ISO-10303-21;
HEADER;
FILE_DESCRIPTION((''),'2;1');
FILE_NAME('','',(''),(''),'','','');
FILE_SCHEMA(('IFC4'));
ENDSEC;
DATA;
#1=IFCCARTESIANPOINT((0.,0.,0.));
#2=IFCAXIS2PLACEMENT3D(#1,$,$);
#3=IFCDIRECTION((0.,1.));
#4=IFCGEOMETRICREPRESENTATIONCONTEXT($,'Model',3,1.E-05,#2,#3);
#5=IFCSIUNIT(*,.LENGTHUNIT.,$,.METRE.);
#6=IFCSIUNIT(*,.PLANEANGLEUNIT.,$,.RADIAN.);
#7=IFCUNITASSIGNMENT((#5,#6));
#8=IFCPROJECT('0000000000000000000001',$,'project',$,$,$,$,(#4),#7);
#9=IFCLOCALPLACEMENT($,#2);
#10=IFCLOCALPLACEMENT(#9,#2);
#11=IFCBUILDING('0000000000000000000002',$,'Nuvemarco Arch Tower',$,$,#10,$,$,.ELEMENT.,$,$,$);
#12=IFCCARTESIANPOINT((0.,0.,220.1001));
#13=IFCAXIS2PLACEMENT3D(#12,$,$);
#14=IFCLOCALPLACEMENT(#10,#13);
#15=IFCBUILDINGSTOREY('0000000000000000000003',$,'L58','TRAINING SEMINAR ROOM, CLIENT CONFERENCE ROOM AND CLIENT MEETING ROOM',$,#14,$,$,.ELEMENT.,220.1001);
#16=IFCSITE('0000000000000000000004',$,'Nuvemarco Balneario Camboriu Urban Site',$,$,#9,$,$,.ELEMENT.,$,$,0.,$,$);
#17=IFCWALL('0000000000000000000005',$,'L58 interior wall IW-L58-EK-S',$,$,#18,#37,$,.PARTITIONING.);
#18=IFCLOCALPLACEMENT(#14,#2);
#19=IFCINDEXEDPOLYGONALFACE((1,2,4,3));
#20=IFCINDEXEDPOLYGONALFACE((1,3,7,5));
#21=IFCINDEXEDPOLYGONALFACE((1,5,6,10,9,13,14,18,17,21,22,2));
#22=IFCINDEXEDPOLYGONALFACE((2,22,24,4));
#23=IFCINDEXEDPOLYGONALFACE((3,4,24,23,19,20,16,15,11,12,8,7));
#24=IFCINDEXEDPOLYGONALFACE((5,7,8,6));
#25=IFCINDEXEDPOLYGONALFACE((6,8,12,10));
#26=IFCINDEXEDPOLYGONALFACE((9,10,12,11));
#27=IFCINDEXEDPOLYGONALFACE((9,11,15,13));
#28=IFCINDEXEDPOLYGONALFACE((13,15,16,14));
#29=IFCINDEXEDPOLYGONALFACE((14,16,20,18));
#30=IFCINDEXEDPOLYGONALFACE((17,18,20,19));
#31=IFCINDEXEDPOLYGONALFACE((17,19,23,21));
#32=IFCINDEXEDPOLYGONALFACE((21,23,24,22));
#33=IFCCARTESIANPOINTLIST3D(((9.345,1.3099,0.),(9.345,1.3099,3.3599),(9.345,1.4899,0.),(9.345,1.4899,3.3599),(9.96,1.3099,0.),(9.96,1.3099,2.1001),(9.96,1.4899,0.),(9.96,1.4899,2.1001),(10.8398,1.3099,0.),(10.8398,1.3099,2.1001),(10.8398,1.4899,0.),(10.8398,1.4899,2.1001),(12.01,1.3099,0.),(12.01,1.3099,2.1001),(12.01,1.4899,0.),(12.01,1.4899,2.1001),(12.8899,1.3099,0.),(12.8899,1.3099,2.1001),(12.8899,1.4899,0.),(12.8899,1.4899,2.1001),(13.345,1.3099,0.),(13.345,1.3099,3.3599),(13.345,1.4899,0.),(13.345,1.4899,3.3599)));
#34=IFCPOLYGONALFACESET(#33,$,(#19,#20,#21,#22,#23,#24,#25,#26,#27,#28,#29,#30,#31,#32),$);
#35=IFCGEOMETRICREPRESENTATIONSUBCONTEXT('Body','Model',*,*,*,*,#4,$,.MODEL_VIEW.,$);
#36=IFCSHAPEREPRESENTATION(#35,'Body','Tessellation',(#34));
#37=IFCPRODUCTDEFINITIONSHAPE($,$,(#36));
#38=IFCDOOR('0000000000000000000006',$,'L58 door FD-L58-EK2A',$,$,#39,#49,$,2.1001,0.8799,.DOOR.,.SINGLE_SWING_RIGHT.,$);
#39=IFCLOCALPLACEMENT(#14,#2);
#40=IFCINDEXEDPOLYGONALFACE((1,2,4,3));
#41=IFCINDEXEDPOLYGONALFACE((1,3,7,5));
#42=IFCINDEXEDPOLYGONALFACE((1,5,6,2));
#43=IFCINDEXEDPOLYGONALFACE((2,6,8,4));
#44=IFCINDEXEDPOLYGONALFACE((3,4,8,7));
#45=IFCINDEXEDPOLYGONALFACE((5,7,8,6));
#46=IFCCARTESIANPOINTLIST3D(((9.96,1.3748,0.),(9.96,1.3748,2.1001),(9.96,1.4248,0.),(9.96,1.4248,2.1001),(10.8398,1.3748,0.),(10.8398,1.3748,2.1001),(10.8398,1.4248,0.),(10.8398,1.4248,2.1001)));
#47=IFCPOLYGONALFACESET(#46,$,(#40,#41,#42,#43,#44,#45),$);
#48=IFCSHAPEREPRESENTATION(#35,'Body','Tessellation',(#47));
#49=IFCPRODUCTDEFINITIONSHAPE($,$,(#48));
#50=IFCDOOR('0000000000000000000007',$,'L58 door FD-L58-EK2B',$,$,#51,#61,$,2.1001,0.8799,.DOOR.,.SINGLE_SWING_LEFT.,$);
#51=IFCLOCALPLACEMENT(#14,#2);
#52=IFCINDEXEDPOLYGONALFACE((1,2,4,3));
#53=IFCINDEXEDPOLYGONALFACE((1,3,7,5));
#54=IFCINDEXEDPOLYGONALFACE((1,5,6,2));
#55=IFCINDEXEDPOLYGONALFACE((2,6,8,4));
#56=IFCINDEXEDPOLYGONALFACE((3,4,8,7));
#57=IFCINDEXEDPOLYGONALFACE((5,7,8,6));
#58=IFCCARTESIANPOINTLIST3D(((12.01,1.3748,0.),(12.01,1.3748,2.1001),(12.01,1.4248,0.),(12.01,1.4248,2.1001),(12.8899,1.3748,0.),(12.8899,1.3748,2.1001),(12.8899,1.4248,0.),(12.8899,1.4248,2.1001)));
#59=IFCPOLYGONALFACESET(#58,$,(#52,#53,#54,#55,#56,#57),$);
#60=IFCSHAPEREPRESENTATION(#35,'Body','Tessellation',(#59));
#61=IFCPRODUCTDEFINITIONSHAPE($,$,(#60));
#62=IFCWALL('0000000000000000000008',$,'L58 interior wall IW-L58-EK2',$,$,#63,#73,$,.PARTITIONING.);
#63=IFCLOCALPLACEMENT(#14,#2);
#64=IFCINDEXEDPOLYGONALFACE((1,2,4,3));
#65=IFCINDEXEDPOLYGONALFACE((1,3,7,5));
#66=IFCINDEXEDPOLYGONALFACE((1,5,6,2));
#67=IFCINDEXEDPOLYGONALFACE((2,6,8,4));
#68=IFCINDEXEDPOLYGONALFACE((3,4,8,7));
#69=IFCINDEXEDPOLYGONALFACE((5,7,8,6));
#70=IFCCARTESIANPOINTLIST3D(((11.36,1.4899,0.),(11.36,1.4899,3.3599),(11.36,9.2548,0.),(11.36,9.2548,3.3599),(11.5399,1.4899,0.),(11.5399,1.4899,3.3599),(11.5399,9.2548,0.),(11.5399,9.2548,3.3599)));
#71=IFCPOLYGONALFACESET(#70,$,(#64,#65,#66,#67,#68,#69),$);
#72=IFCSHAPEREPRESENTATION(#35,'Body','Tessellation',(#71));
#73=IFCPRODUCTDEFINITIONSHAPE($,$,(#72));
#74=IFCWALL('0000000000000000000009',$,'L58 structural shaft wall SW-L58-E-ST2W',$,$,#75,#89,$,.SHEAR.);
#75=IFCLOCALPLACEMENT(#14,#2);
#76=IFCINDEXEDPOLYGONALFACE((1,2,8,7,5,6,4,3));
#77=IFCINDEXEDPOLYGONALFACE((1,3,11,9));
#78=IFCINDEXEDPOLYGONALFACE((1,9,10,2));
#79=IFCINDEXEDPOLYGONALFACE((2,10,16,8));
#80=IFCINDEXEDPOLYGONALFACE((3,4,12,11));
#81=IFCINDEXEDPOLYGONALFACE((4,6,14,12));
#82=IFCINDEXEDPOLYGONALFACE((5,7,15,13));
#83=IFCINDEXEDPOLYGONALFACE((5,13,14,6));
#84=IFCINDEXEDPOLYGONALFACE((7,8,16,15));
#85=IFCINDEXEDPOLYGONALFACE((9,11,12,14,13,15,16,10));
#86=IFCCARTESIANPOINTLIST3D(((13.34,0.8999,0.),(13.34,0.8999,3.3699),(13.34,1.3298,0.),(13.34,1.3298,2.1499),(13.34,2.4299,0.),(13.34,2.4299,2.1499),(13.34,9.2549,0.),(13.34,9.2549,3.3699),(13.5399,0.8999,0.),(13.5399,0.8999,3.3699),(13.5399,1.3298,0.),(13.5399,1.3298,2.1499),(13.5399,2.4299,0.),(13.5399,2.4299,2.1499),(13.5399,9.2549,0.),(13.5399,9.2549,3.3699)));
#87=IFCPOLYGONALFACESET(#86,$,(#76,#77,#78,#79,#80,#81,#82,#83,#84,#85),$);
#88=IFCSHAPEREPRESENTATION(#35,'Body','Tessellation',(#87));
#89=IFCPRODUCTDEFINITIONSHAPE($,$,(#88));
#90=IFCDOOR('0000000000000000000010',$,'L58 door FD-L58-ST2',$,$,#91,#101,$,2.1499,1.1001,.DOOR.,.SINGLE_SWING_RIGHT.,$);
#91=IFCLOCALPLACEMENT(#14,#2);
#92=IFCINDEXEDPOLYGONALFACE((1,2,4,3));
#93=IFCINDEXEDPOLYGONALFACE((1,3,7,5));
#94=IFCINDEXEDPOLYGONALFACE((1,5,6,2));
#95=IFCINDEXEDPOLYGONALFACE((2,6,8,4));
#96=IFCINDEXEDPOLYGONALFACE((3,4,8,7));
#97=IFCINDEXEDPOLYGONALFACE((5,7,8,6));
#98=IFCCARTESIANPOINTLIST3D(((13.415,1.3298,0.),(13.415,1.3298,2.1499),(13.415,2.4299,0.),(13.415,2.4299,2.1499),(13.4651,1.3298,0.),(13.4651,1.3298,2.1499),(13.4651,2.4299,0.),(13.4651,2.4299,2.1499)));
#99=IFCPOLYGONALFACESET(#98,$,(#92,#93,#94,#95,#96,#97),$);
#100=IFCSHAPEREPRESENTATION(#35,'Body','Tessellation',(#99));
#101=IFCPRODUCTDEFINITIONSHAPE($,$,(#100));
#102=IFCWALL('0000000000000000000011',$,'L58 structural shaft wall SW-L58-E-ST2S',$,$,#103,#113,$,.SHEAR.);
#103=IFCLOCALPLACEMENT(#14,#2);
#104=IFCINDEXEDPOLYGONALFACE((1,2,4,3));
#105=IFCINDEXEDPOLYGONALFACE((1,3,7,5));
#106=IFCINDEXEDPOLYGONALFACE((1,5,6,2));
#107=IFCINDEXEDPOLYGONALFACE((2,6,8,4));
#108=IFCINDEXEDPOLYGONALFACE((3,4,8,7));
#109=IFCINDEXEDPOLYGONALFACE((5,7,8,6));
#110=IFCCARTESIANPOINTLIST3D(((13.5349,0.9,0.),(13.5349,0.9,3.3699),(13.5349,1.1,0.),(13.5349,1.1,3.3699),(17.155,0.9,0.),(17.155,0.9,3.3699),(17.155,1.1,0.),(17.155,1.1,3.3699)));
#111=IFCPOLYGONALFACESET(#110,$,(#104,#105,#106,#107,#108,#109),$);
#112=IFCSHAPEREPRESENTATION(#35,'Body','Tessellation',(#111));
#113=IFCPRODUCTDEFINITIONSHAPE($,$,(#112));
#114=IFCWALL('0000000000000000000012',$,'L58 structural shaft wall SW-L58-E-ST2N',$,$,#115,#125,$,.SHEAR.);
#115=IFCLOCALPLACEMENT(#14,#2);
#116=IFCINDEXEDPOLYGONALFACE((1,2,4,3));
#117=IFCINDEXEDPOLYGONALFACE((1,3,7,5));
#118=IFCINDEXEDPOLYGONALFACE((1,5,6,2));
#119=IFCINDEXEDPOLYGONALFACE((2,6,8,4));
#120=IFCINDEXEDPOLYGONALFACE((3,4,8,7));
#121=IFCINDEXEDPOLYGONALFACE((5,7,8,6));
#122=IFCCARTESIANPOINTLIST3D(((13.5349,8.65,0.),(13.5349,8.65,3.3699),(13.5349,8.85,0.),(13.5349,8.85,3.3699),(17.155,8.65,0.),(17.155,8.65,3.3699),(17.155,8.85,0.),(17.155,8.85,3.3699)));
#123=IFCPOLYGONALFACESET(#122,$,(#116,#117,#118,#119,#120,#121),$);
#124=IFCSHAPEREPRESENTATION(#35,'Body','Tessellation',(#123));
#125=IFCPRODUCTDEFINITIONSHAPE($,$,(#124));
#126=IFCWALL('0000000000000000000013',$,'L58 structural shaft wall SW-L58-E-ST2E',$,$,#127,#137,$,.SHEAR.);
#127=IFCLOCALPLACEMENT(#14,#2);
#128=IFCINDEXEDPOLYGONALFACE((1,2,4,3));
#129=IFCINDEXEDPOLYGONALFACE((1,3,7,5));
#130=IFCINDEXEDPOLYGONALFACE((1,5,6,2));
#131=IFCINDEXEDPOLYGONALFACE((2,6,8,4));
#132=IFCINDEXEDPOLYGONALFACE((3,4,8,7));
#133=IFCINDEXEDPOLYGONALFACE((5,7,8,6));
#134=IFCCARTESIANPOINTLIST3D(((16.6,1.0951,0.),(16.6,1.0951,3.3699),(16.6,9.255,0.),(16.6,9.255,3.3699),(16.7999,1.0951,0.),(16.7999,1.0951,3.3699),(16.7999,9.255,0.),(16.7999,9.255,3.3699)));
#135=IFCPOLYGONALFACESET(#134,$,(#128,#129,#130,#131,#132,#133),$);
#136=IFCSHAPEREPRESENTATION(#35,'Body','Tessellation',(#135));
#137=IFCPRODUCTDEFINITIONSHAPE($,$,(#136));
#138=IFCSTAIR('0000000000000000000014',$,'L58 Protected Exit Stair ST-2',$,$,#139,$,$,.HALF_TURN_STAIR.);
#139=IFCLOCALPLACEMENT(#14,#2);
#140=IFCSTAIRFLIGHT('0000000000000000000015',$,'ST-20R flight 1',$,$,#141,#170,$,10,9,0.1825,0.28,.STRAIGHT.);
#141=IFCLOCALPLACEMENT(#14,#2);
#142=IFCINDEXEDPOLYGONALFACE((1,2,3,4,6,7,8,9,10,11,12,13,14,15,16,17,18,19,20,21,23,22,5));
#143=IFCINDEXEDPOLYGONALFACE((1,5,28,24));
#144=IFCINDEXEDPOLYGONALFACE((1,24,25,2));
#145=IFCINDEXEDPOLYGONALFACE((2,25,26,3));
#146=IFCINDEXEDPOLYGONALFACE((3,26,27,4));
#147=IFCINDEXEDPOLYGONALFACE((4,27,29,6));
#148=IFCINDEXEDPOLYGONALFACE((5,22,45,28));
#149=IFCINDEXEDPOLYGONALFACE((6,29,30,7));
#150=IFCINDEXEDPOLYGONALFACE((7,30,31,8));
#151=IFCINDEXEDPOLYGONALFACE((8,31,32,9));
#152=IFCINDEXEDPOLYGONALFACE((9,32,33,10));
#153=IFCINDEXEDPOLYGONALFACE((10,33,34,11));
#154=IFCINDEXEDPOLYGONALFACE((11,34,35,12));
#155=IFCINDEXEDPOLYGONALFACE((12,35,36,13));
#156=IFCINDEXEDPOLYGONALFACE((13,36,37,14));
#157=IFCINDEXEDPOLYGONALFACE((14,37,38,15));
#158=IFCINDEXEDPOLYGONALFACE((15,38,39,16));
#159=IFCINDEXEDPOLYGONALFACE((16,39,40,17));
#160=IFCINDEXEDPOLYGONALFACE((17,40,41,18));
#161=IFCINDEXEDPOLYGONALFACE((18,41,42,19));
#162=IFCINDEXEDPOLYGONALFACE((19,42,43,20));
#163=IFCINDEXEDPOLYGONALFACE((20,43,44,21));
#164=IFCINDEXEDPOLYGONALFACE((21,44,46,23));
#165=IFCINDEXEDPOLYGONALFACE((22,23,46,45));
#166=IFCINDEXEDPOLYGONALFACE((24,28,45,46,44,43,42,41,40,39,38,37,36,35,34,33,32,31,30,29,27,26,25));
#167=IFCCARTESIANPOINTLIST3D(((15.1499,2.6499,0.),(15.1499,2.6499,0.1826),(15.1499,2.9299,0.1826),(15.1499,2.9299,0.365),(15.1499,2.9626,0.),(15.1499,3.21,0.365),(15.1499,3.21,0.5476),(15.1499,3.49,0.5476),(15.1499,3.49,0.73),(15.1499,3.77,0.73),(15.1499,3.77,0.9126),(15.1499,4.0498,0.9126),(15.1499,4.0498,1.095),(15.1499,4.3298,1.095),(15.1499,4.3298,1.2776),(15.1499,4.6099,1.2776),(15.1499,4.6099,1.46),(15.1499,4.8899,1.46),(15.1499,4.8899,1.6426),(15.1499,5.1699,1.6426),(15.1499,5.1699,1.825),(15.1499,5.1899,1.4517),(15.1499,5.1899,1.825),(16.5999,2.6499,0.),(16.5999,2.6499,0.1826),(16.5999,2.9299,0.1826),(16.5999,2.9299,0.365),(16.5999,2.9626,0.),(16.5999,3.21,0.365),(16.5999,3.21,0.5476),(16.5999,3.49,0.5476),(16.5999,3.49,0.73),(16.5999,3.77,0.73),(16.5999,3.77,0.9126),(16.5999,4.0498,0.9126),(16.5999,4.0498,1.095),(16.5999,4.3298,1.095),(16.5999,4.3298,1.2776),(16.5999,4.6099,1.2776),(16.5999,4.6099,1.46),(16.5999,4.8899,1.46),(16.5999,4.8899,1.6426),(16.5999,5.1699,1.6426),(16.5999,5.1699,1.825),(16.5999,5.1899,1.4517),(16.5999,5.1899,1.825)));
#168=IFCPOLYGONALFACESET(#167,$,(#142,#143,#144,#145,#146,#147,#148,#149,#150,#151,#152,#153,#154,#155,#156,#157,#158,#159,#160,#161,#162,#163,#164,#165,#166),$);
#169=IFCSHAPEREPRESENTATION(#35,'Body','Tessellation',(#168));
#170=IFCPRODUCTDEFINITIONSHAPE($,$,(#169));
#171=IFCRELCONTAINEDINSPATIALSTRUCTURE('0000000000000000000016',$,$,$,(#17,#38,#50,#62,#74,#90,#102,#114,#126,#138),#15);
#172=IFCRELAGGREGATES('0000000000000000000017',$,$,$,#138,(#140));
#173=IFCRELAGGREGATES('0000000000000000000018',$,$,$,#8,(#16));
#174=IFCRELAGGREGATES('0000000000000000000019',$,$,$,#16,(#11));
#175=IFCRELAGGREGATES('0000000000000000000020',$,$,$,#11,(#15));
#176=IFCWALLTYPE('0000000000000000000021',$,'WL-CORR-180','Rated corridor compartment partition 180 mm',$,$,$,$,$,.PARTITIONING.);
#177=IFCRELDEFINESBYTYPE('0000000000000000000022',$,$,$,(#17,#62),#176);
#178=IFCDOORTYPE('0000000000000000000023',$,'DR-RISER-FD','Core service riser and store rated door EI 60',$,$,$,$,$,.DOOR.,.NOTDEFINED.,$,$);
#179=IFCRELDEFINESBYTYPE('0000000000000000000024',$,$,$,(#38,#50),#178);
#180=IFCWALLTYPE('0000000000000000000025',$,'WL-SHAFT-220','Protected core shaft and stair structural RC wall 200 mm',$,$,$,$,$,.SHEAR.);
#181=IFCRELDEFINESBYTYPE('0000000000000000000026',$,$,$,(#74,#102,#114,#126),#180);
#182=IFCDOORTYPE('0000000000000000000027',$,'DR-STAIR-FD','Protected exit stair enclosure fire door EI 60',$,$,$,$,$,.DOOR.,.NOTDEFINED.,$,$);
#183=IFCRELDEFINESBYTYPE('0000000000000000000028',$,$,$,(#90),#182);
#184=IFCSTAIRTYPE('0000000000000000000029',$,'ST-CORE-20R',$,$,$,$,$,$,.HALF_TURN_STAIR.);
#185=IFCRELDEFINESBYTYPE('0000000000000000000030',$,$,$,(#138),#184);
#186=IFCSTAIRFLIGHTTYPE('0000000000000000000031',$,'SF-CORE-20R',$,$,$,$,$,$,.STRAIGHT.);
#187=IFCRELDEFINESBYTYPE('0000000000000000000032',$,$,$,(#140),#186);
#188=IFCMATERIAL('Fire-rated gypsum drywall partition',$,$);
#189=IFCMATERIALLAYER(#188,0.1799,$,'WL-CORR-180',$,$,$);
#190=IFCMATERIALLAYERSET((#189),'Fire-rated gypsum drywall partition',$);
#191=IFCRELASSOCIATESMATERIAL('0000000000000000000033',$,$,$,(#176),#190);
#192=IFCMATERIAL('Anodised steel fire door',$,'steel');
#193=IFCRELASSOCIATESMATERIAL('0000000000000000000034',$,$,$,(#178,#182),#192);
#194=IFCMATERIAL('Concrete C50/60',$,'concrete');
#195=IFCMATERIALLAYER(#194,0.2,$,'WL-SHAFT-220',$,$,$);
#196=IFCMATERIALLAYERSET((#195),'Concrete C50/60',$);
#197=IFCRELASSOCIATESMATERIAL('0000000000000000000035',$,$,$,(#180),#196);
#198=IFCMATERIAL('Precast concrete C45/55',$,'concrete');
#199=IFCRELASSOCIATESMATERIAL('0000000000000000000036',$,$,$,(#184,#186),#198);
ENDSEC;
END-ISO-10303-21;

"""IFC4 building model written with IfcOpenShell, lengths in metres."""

from ifc_helpers import new_model, si_unit, direction, frame, frame_2d, origin, place, context, subcontext, project, spatial, polyline, rectangle, outline, extrude, source, transform, mapped, material, layer, layer_set, type_object, type_shapes, element, fill, aggregate, save


model = new_model("IFC4")

# Units and contexts
model_context = context("Model", 3, precision=1e-05, world=origin(), true_north=direction((0.0, 1.0)))
body_context = subcontext(model_context, "Body", "Model", "MODEL_VIEW")
ifc_project = project(units=[si_unit("LENGTHUNIT", "METRE"), si_unit("PLANEANGLEUNIT", "RADIAN")], contexts=[model_context])

# Site, building, storey
site_placement = place(None, origin())
site = spatial("IfcSite", under=ifc_project, at=site_placement, Name="Nuvemarco Balneario Camboriu Urban Site", CompositionType="ELEMENT", RefElevation=0.0)
building_placement = place(site_placement, origin())
building = spatial("IfcBuilding", under=site, at=building_placement, Name="Nuvemarco Arch Tower", CompositionType="ELEMENT")
storey_placement = place(building_placement, frame((0.0, 0.0, 220.1001)))
storey = spatial("IfcBuildingStorey", under=building, at=storey_placement, Name="L58", Description="TRAINING SEMINAR ROOM, CLIENT CONFERENCE ROOM AND CLIENT MEETING ROOM", CompositionType="ELEMENT", Elevation=220.1001)

# Shared definitions
ifc_material_1 = material(Name="Concrete C50/60", Category="concrete")

# Shared definitions
ifc_material_2 = material(Name="Precast concrete C45/55", Category="concrete")

# Wall, openings, doors
ifc_material_3 = material(Name="Fire-rated gypsum drywall partition")
ifc_layer_1 = layer(ifc_material_3, 0.1799, Name="WL-CORR-180")
ifc_layer_set_1 = layer_set([ifc_layer_1], Name="Fire-rated gypsum drywall partition")
wall_type_1 = type_object("IfcWallType", Name="WL-CORR-180", Description="Rated corridor compartment partition 180 mm", PredefinedType="PARTITIONING", material=ifc_layer_set_1)
wall_1_placement = place(storey_placement, frame((9.345, 1.3999, 0.0), z_axis=(0.0, 0.0, 1.0), x_axis=(1.0, 0.0, 0.0)))
wall_1 = element("IfcWall", 1, at=wall_1_placement, inside=storey, type_object=wall_type_1, Name="L58 interior wall IW-L58-EK-S", PredefinedType="PARTITIONING", context=body_context, shape_type="SweptSolid", body=[
    extrude(rectangle(XDim=4.0, YDim=0.1799, at=frame_2d((2.0, 0.0))), origin(), (0.0, 0.0, 1.0), 3.3599),
])
opening_1_placement = place(wall_1_placement, frame((0.615, 0.0, 0.0)))
opening_1 = element("IfcOpeningElement", 2, at=opening_1_placement, cuts=wall_1, PredefinedType="OPENING", context=body_context, shape_type="SweptSolid", body=[
    extrude(rectangle(XDim=0.8799, YDim=2.1001, at=frame_2d((0.4399, 1.05))), frame((0.0, 0.0999, 0.0), z_axis=(0.0, -1.0, 0.0), x_axis=(1.0, 0.0, 0.0)), (0.0, 0.0, 1.0), 0.2),
])
opening_2_placement = place(wall_1_placement, frame((2.665, 0.0, 0.0)))
opening_2 = element("IfcOpeningElement", 3, at=opening_2_placement, cuts=wall_1, PredefinedType="OPENING", context=body_context, shape_type="SweptSolid", body=[
    extrude(rectangle(XDim=0.8799, YDim=2.1001, at=frame_2d((0.4399, 1.05))), frame((0.0, 0.0999, 0.0), z_axis=(0.0, -1.0, 0.0), x_axis=(1.0, 0.0, 0.0)), (0.0, 0.0, 1.0), 0.2),
])
ifc_material_4 = material(Name="Anodised steel fire door", Category="steel")
door_type_1 = type_object("IfcDoorType", Name="DR-RISER-FD", Description="Core service riser and store rated door EI 60", OperationType="NOTDEFINED", PredefinedType="DOOR", material=ifc_material_4)
shared_shape_1 = source(origin(), body_context, "Body", "SweptSolid", [
    extrude(rectangle(XDim=0.8799, YDim=2.1001, at=frame_2d((0.4399, 1.05))), frame((0.0, 0.0249, 0.0), z_axis=(0.0, -1.0, 0.0), x_axis=(1.0, 0.0, 0.0)), (0.0, 0.0, 1.0), 0.05),
])
type_shapes(door_type_1, [shared_shape_1])
door_1_placement = place(opening_1_placement, origin())
door_1 = element("IfcDoor", 4, at=door_1_placement, inside=storey, type_object=door_type_1, Name="L58 door FD-L58-EK2A", OperationType="SINGLE_SWING_RIGHT", OverallHeight=2.1001, OverallWidth=0.8799, PredefinedType="DOOR", context=body_context, shape_type="MappedRepresentation", body=[
    mapped(shared_shape_1, transform((0.0, 0.0, 0.0), scale=1.0)),
])
fill(opening_1, door_1)
door_2_placement = place(opening_2_placement, origin())
door_2 = element("IfcDoor", 5, at=door_2_placement, inside=storey, type_object=door_type_1, Name="L58 door FD-L58-EK2B", OperationType="SINGLE_SWING_LEFT", OverallHeight=2.1001, OverallWidth=0.8799, PredefinedType="DOOR", context=body_context, shape_type="MappedRepresentation", body=[
    mapped(shared_shape_1, transform((0.0, 0.0, 0.0), scale=1.0)),
])
fill(opening_2, door_2)

# Wall
wall_2_placement = place(storey_placement, frame((11.45, 1.49, 0.0), z_axis=(0.0, 0.0, 1.0), x_axis=(0.0, 1.0, 0.0)))
element("IfcWall", 6, at=wall_2_placement, inside=storey, type_object=wall_type_1, Name="L58 interior wall IW-L58-EK2", PredefinedType="PARTITIONING", context=body_context, shape_type="SweptSolid", body=[
    extrude(rectangle(XDim=7.7649, YDim=0.1799, at=frame_2d((3.8823, 0.0))), origin(), (0.0, 0.0, 1.0), 3.3599),
])

# Wall, opening, door
ifc_layer_2 = layer(ifc_material_1, 0.2, Name="WL-SHAFT-220")
ifc_layer_set_2 = layer_set([ifc_layer_2], Name="Concrete C50/60")
wall_type_2 = type_object("IfcWallType", Name="WL-SHAFT-220", Description="Protected core shaft and stair structural RC wall 200 mm", PredefinedType="SHEAR", material=ifc_layer_set_2)
wall_3_placement = place(storey_placement, frame((13.4399, 0.8999, 0.0), z_axis=(0.0, 0.0, 1.0), x_axis=(0.0, 1.0, 0.0)))
wall_3 = element("IfcWall", 7, at=wall_3_placement, inside=storey, type_object=wall_type_2, Name="L58 structural shaft wall SW-L58-E-ST2W", PredefinedType="SHEAR", context=body_context, shape_type="SweptSolid", body=[
    extrude(rectangle(XDim=8.355, YDim=0.2, at=frame_2d((4.1775, 0.0))), origin(), (0.0, 0.0, 1.0), 3.3699),
])
opening_3_placement = place(wall_3_placement, frame((0.4299, 0.0, 0.0)))
opening_3 = element("IfcOpeningElement", 8, at=opening_3_placement, cuts=wall_3, PredefinedType="OPENING", context=body_context, shape_type="SweptSolid", body=[
    extrude(rectangle(XDim=1.1001, YDim=2.1499, at=frame_2d((0.55, 1.075))), frame((0.0, 0.1099, 0.0), z_axis=(0.0, -1.0, 0.0), x_axis=(1.0, 0.0, 0.0)), (0.0, 0.0, 1.0), 0.22),
])
door_type_2 = type_object("IfcDoorType", Name="DR-STAIR-FD", Description="Protected exit stair enclosure fire door EI 60", OperationType="NOTDEFINED", PredefinedType="DOOR", material=ifc_material_4)
shared_shape_2 = source(origin(), body_context, "Body", "SweptSolid", [
    extrude(rectangle(XDim=1.1001, YDim=2.1499, at=frame_2d((0.55, 1.075))), frame((0.0, 0.0249, 0.0), z_axis=(0.0, -1.0, 0.0), x_axis=(1.0, 0.0, 0.0)), (0.0, 0.0, 1.0), 0.05),
])
type_shapes(door_type_2, [shared_shape_2])
door_3_placement = place(opening_3_placement, origin())
door_3 = element("IfcDoor", 9, at=door_3_placement, inside=storey, type_object=door_type_2, Name="L58 door FD-L58-ST2", OperationType="SINGLE_SWING_RIGHT", OverallHeight=2.1499, OverallWidth=1.1001, PredefinedType="DOOR", context=body_context, shape_type="MappedRepresentation", body=[
    mapped(shared_shape_2, transform((0.0, 0.0, 0.0), scale=1.0)),
])
fill(opening_3, door_3)

# Walls
for number, where, z_axis, x_axis, name in (
    (10, (13.5349, 1.0, 0.0), (0.0, 0.0, 1.0), (1.0, 0.0, 0.0), "L58 structural shaft wall SW-L58-E-ST2S"),
    (11, (13.5349, 8.75, 0.0), (0.0, 0.0, 1.0), (1.0, 0.0, 0.0), "L58 structural shaft wall SW-L58-E-ST2N"),
):
    element("IfcWall", number, at=place(storey_placement, frame(where, z_axis=z_axis, x_axis=x_axis)), inside=storey, type_object=wall_type_2, Name=name, PredefinedType="SHEAR", context=body_context, shape_type="SweptSolid", body=[
        extrude(rectangle(XDim=3.6201, YDim=0.2, at=frame_2d((1.8101, 0.0))), origin(), (0.0, 0.0, 1.0), 3.3699),
    ])
wall_4_placement = place(storey_placement, frame((16.7, 1.095, 0.0), z_axis=(0.0, 0.0, 1.0), x_axis=(0.0, 1.0, 0.0)))
element("IfcWall", 12, at=wall_4_placement, inside=storey, type_object=wall_type_2, Name="L58 structural shaft wall SW-L58-E-ST2E", PredefinedType="SHEAR", context=body_context, shape_type="SweptSolid", body=[
    extrude(rectangle(XDim=8.1599, YDim=0.2, at=frame_2d((4.0801, 0.0))), origin(), (0.0, 0.0, 1.0), 3.3699),
])

# Stair, stair flight
stair_type = type_object("IfcStairType", Name="ST-CORE-20R", PredefinedType="HALF_TURN_STAIR", material=ifc_material_2)
stair_placement = place(storey_placement, origin())
stair = element("IfcStair", 13, at=stair_placement, inside=storey, type_object=stair_type, Name="L58 Protected Exit Stair ST-2", PredefinedType="HALF_TURN_STAIR")
stair_flight_type = type_object("IfcStairFlightType", Name="SF-CORE-20R", PredefinedType="STRAIGHT", material=ifc_material_2)
stair_flight_1_placement = place(storey_placement, frame((15.875, 2.6499, 0.0), z_axis=(0.0, 0.0, 1.0), x_axis=(0.0, 1.0, 0.0)))
stair_flight_1 = element("IfcStairFlight", 14, at=stair_flight_1_placement, type_object=stair_flight_type, Name="ST-20R flight 1", NumberOfRisers=10, NumberOfTreads=9, PredefinedType="STRAIGHT", RiserHeight=0.1825, TreadLength=0.28, context=body_context, shape_type="SweptSolid", body=[
    extrude(outline(polyline([(0.0, 0.0), (0.0, 0.1826), (0.28, 0.1826), (0.28, 0.365), (0.5601, 0.365), (0.5601, 0.5476), (0.8401, 0.5476), (0.8401, 0.73), (1.1201, 0.73), (1.1201, 0.9126), (1.3999, 0.9126), (1.3999, 1.095), (1.6799, 1.095), (1.6799, 1.2776), (1.96, 1.2776), (1.96, 1.46), (2.24, 1.46), (2.24, 1.6426), (2.52, 1.6426), (2.52, 1.825), (2.54, 1.825), (2.54, 1.4517), (0.3127, 0.0), (0.0, 0.0)])), frame((0.0, 0.7251, 0.0), z_axis=(0.0, -1.0, 0.0), x_axis=(1.0, 0.0, 0.0)), (0.0, 0.0, 1.0), 1.45),
])
aggregate(stair, [stair_flight_1])

save(model, "model.ifc")
